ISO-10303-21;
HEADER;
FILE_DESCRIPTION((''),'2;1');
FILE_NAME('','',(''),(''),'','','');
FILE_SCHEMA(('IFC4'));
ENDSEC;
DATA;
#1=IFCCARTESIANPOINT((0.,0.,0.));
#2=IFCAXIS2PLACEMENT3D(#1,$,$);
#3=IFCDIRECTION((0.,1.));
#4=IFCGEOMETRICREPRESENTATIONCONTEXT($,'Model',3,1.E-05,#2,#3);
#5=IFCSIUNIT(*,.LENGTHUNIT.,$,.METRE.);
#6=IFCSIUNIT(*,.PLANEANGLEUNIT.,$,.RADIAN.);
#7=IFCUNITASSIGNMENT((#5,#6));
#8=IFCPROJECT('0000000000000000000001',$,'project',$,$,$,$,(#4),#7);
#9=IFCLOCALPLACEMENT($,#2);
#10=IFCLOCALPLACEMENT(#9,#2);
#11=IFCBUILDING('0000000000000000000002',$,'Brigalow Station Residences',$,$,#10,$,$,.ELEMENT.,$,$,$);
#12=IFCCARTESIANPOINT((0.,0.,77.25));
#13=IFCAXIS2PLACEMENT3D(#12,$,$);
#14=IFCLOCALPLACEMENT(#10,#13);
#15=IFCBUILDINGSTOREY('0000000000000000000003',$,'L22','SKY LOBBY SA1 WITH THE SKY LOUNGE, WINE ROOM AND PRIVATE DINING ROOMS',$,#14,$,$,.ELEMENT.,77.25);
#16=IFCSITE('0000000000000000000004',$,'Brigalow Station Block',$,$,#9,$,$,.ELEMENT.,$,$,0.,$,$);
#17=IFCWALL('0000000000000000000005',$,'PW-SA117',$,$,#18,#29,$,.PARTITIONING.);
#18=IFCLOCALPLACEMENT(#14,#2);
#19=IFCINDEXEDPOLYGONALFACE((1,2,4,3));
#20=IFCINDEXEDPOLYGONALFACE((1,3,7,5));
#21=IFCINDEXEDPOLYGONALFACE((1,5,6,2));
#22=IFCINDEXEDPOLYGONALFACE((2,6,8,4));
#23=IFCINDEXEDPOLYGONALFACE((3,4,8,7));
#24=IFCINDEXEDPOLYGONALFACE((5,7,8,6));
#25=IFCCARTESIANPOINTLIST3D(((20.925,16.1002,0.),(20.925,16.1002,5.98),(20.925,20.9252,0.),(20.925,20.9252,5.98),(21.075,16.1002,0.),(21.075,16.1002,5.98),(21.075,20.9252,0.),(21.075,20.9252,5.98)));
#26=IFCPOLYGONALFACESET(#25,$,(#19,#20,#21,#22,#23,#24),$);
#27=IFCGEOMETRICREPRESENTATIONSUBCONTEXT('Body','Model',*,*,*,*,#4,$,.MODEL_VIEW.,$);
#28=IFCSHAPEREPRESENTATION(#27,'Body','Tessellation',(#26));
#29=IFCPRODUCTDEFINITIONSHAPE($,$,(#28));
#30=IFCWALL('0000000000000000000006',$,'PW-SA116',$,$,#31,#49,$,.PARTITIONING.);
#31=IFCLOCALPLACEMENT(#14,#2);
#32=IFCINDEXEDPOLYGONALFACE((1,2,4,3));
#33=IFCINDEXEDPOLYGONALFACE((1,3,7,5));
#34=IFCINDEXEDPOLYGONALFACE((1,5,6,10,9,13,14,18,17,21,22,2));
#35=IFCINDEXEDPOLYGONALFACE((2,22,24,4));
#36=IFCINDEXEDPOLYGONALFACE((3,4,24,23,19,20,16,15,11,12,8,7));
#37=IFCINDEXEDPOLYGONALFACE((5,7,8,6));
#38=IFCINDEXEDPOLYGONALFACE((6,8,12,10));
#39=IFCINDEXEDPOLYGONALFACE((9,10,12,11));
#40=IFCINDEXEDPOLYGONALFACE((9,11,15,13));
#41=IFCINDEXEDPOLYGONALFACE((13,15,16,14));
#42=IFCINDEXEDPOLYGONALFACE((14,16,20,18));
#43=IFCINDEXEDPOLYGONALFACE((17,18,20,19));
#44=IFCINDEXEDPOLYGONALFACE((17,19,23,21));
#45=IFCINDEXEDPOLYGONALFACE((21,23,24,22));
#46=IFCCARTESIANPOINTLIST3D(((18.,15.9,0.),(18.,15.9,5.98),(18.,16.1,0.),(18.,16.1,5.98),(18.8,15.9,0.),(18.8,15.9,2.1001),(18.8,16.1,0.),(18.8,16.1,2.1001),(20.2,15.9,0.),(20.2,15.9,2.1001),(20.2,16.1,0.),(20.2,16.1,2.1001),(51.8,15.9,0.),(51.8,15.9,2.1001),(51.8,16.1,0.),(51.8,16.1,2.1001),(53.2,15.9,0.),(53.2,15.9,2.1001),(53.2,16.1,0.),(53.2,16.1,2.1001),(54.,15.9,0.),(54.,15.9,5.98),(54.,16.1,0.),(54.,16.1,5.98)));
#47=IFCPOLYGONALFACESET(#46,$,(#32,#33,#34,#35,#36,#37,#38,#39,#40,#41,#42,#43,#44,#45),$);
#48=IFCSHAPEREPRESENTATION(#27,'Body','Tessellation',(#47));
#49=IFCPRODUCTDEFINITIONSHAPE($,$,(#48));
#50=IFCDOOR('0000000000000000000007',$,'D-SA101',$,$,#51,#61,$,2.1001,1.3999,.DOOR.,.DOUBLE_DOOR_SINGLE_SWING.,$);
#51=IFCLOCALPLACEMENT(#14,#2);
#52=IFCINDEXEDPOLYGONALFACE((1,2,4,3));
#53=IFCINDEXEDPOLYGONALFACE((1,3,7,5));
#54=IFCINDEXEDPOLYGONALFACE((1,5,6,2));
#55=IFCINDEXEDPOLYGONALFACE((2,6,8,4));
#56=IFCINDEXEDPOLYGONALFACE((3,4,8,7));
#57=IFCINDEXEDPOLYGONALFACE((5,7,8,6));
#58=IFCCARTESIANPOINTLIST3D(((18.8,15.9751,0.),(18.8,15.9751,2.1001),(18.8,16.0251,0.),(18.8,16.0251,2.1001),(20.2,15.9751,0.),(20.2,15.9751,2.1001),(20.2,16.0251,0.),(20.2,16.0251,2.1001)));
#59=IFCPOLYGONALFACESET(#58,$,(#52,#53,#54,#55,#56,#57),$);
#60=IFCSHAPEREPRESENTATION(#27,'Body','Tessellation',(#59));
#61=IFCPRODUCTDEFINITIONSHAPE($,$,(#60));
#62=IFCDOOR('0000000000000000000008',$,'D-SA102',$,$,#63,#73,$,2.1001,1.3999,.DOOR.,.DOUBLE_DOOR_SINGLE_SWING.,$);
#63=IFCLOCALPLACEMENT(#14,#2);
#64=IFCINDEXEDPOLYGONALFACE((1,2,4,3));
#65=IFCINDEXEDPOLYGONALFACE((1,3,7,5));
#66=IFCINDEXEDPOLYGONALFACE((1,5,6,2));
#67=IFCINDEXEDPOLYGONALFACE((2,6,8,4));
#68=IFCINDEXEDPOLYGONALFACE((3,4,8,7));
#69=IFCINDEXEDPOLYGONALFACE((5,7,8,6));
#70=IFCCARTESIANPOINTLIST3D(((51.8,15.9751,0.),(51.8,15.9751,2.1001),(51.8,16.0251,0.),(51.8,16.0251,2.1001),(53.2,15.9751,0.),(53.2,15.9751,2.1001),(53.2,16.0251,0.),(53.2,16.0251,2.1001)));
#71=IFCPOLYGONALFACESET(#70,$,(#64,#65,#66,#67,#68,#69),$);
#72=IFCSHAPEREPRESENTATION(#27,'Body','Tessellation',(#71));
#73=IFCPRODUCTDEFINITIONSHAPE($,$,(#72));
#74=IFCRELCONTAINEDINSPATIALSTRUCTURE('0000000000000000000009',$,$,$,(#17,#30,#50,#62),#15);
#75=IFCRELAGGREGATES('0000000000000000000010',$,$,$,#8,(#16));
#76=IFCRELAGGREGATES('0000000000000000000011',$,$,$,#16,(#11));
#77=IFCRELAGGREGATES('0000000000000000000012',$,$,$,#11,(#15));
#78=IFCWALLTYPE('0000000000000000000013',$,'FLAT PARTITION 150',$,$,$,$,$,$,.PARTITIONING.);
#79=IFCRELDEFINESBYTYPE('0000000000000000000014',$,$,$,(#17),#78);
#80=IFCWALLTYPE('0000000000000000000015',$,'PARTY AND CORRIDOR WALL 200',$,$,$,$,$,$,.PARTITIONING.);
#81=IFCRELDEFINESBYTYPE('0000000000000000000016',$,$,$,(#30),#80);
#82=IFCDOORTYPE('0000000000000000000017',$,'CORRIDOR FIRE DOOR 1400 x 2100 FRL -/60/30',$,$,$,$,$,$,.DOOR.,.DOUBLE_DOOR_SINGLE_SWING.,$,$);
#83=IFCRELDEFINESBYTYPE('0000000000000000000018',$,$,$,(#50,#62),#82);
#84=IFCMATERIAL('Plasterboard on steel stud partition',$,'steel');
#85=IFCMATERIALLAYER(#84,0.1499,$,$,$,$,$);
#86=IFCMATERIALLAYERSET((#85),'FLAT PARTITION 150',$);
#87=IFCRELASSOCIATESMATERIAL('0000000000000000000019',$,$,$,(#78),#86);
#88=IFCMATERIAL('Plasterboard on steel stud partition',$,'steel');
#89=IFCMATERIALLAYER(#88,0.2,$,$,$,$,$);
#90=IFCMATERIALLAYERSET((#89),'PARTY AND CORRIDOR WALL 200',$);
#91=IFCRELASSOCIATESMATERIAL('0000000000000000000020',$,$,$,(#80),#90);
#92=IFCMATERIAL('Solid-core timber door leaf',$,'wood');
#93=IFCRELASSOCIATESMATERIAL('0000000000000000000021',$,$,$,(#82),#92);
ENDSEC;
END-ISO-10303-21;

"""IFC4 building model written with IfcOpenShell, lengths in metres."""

from ifc_helpers import new_model, si_unit, direction, frame, frame_2d, origin, place, context, subcontext, project, spatial, rectangle, extrude, material, layer, layer_set, type_object, element, fill, save


model = new_model("IFC4")

# Units and contexts
model_context = context("Model", 3, precision=1e-05, world=origin(), true_north=direction((0.0, 1.0)))
body_context = subcontext(model_context, "Body", "Model", "MODEL_VIEW")
ifc_project = project(units=[si_unit("LENGTHUNIT", "METRE"), si_unit("PLANEANGLEUNIT", "RADIAN")], contexts=[model_context])

# Site, building, storey
site_placement = place(None, origin())
site = spatial("IfcSite", under=ifc_project, at=site_placement, Name="Brigalow Station Block", CompositionType="ELEMENT", RefElevation=0.0)
building_placement = place(site_placement, origin())
building = spatial("IfcBuilding", under=site, at=building_placement, Name="Brigalow Station Residences", CompositionType="ELEMENT")
storey_placement = place(building_placement, frame((0.0, 0.0, 77.25)))
storey = spatial("IfcBuildingStorey", under=building, at=storey_placement, Name="L22", Description="SKY LOBBY SA1 WITH THE SKY LOUNGE, WINE ROOM AND PRIVATE DINING ROOMS", CompositionType="ELEMENT", Elevation=77.25)

# Shared definitions
ifc_material_1 = material(Name="Plasterboard on steel stud partition", Category="steel")
ifc_layer_1 = layer(ifc_material_1, 0.1499)
ifc_layer_set_1 = layer_set([ifc_layer_1], Name="FLAT PARTITION 150")
wall_type_1 = type_object("IfcWallType", Name="FLAT PARTITION 150", PredefinedType="PARTITIONING", material=ifc_layer_set_1)

# Wall
wall_1_placement = place(storey_placement, frame((21.0, 16.1001, 0.0), z_axis=(0.0, 0.0, 1.0), x_axis=(0.0, 1.0, 0.0)))
element("IfcWall", 1, at=wall_1_placement, inside=storey, type_object=wall_type_1, Name="PW-SA117", PredefinedType="PARTITIONING", context=body_context, shape_type="SweptSolid", body=[
    extrude(rectangle(XDim=4.825, YDim=0.1499, at=frame_2d((2.4126, 0.0))), origin(), (0.0, 0.0, 1.0), 5.98),
])

# Wall, openings, doors
ifc_material_2 = material(Name="Plasterboard on steel stud partition", Category="steel")
ifc_layer_2 = layer(ifc_material_2, 0.2)
ifc_layer_set_2 = layer_set([ifc_layer_2], Name="PARTY AND CORRIDOR WALL 200")
wall_type_2 = type_object("IfcWallType", Name="PARTY AND CORRIDOR WALL 200", PredefinedType="PARTITIONING", material=ifc_layer_set_2)
wall_2_placement = place(storey_placement, frame((18.0, 16.0, 0.0), z_axis=(0.0, 0.0, 1.0), x_axis=(1.0, 0.0, 0.0)))
wall_2 = element("IfcWall", 2, at=wall_2_placement, inside=storey, type_object=wall_type_2, Name="PW-SA116", PredefinedType="PARTITIONING", context=body_context, shape_type="SweptSolid", body=[
    extrude(rectangle(XDim=36.0, YDim=0.2, at=frame_2d((18.0, 0.0))), origin(), (0.0, 0.0, 1.0), 5.98),
])
opening_1_placement = place(wall_2_placement, frame((0.8, 0.0, 0.0)))
opening_1 = element("IfcOpeningElement", 3, at=opening_1_placement, cuts=wall_2, PredefinedType="OPENING", context=body_context, shape_type="SweptSolid", body=[
    extrude(rectangle(XDim=1.3999, YDim=2.1001, at=frame_2d((0.7, 1.05))), frame((0.0, 0.1099, 0.0), z_axis=(0.0, -1.0, 0.0), x_axis=(1.0, 0.0, 0.0)), (0.0, 0.0, 1.0), 0.22),
])
opening_2_placement = place(wall_2_placement, frame((33.8, 0.0, 0.0)))
opening_2 = element("IfcOpeningElement", 4, at=opening_2_placement, cuts=wall_2, PredefinedType="OPENING", context=body_context, shape_type="SweptSolid", body=[
    extrude(rectangle(XDim=1.3999, YDim=2.1001, at=frame_2d((0.7, 1.05))), frame((0.0, 0.1099, 0.0), z_axis=(0.0, -1.0, 0.0), x_axis=(1.0, 0.0, 0.0)), (0.0, 0.0, 1.0), 0.22),
])
ifc_material_3 = material(Name="Solid-core timber door leaf", Category="wood")
door_type_1 = type_object("IfcDoorType", Name="CORRIDOR FIRE DOOR 1400 x 2100 FRL -/60/30", OperationType="DOUBLE_DOOR_SINGLE_SWING", PredefinedType="DOOR", material=ifc_material_3)
door_1_placement = place(opening_1_placement, frame((1.3999, 0.0, 0.0), z_axis=(0.0, 0.0, 1.0), x_axis=(-1.0, 0.0, 0.0)))
door_1 = element("IfcDoor", 5, at=door_1_placement, inside=storey, type_object=door_type_1, Name="D-SA101", OperationType="DOUBLE_DOOR_SINGLE_SWING", OverallHeight=2.1001, OverallWidth=1.3999, PredefinedType="DOOR", context=body_context, shape_type="SweptSolid", body=[
    extrude(rectangle(XDim=1.3999, YDim=2.1001, at=frame_2d((0.7, 1.05))), frame((0.0, 0.0249, 0.0), z_axis=(0.0, -1.0, 0.0), x_axis=(1.0, 0.0, 0.0)), (0.0, 0.0, 1.0), 0.05),
])
fill(opening_1, door_1)
door_2_placement = place(opening_2_placement, frame((1.3999, 0.0, 0.0), z_axis=(0.0, 0.0, 1.0), x_axis=(-1.0, 0.0, 0.0)))
door_2 = element("IfcDoor", 6, at=door_2_placement, inside=storey, type_object=door_type_1, Name="D-SA102", OperationType="DOUBLE_DOOR_SINGLE_SWING", OverallHeight=2.1001, OverallWidth=1.3999, PredefinedType="DOOR", context=body_context, shape_type="SweptSolid", body=[
    extrude(rectangle(XDim=1.3999, YDim=2.1001, at=frame_2d((0.7, 1.05))), frame((0.0, 0.0249, 0.0), z_axis=(0.0, -1.0, 0.0), x_axis=(1.0, 0.0, 0.0)), (0.0, 0.0, 1.0), 0.05),
])
fill(opening_2, door_2)

save(model, "model.ifc")
